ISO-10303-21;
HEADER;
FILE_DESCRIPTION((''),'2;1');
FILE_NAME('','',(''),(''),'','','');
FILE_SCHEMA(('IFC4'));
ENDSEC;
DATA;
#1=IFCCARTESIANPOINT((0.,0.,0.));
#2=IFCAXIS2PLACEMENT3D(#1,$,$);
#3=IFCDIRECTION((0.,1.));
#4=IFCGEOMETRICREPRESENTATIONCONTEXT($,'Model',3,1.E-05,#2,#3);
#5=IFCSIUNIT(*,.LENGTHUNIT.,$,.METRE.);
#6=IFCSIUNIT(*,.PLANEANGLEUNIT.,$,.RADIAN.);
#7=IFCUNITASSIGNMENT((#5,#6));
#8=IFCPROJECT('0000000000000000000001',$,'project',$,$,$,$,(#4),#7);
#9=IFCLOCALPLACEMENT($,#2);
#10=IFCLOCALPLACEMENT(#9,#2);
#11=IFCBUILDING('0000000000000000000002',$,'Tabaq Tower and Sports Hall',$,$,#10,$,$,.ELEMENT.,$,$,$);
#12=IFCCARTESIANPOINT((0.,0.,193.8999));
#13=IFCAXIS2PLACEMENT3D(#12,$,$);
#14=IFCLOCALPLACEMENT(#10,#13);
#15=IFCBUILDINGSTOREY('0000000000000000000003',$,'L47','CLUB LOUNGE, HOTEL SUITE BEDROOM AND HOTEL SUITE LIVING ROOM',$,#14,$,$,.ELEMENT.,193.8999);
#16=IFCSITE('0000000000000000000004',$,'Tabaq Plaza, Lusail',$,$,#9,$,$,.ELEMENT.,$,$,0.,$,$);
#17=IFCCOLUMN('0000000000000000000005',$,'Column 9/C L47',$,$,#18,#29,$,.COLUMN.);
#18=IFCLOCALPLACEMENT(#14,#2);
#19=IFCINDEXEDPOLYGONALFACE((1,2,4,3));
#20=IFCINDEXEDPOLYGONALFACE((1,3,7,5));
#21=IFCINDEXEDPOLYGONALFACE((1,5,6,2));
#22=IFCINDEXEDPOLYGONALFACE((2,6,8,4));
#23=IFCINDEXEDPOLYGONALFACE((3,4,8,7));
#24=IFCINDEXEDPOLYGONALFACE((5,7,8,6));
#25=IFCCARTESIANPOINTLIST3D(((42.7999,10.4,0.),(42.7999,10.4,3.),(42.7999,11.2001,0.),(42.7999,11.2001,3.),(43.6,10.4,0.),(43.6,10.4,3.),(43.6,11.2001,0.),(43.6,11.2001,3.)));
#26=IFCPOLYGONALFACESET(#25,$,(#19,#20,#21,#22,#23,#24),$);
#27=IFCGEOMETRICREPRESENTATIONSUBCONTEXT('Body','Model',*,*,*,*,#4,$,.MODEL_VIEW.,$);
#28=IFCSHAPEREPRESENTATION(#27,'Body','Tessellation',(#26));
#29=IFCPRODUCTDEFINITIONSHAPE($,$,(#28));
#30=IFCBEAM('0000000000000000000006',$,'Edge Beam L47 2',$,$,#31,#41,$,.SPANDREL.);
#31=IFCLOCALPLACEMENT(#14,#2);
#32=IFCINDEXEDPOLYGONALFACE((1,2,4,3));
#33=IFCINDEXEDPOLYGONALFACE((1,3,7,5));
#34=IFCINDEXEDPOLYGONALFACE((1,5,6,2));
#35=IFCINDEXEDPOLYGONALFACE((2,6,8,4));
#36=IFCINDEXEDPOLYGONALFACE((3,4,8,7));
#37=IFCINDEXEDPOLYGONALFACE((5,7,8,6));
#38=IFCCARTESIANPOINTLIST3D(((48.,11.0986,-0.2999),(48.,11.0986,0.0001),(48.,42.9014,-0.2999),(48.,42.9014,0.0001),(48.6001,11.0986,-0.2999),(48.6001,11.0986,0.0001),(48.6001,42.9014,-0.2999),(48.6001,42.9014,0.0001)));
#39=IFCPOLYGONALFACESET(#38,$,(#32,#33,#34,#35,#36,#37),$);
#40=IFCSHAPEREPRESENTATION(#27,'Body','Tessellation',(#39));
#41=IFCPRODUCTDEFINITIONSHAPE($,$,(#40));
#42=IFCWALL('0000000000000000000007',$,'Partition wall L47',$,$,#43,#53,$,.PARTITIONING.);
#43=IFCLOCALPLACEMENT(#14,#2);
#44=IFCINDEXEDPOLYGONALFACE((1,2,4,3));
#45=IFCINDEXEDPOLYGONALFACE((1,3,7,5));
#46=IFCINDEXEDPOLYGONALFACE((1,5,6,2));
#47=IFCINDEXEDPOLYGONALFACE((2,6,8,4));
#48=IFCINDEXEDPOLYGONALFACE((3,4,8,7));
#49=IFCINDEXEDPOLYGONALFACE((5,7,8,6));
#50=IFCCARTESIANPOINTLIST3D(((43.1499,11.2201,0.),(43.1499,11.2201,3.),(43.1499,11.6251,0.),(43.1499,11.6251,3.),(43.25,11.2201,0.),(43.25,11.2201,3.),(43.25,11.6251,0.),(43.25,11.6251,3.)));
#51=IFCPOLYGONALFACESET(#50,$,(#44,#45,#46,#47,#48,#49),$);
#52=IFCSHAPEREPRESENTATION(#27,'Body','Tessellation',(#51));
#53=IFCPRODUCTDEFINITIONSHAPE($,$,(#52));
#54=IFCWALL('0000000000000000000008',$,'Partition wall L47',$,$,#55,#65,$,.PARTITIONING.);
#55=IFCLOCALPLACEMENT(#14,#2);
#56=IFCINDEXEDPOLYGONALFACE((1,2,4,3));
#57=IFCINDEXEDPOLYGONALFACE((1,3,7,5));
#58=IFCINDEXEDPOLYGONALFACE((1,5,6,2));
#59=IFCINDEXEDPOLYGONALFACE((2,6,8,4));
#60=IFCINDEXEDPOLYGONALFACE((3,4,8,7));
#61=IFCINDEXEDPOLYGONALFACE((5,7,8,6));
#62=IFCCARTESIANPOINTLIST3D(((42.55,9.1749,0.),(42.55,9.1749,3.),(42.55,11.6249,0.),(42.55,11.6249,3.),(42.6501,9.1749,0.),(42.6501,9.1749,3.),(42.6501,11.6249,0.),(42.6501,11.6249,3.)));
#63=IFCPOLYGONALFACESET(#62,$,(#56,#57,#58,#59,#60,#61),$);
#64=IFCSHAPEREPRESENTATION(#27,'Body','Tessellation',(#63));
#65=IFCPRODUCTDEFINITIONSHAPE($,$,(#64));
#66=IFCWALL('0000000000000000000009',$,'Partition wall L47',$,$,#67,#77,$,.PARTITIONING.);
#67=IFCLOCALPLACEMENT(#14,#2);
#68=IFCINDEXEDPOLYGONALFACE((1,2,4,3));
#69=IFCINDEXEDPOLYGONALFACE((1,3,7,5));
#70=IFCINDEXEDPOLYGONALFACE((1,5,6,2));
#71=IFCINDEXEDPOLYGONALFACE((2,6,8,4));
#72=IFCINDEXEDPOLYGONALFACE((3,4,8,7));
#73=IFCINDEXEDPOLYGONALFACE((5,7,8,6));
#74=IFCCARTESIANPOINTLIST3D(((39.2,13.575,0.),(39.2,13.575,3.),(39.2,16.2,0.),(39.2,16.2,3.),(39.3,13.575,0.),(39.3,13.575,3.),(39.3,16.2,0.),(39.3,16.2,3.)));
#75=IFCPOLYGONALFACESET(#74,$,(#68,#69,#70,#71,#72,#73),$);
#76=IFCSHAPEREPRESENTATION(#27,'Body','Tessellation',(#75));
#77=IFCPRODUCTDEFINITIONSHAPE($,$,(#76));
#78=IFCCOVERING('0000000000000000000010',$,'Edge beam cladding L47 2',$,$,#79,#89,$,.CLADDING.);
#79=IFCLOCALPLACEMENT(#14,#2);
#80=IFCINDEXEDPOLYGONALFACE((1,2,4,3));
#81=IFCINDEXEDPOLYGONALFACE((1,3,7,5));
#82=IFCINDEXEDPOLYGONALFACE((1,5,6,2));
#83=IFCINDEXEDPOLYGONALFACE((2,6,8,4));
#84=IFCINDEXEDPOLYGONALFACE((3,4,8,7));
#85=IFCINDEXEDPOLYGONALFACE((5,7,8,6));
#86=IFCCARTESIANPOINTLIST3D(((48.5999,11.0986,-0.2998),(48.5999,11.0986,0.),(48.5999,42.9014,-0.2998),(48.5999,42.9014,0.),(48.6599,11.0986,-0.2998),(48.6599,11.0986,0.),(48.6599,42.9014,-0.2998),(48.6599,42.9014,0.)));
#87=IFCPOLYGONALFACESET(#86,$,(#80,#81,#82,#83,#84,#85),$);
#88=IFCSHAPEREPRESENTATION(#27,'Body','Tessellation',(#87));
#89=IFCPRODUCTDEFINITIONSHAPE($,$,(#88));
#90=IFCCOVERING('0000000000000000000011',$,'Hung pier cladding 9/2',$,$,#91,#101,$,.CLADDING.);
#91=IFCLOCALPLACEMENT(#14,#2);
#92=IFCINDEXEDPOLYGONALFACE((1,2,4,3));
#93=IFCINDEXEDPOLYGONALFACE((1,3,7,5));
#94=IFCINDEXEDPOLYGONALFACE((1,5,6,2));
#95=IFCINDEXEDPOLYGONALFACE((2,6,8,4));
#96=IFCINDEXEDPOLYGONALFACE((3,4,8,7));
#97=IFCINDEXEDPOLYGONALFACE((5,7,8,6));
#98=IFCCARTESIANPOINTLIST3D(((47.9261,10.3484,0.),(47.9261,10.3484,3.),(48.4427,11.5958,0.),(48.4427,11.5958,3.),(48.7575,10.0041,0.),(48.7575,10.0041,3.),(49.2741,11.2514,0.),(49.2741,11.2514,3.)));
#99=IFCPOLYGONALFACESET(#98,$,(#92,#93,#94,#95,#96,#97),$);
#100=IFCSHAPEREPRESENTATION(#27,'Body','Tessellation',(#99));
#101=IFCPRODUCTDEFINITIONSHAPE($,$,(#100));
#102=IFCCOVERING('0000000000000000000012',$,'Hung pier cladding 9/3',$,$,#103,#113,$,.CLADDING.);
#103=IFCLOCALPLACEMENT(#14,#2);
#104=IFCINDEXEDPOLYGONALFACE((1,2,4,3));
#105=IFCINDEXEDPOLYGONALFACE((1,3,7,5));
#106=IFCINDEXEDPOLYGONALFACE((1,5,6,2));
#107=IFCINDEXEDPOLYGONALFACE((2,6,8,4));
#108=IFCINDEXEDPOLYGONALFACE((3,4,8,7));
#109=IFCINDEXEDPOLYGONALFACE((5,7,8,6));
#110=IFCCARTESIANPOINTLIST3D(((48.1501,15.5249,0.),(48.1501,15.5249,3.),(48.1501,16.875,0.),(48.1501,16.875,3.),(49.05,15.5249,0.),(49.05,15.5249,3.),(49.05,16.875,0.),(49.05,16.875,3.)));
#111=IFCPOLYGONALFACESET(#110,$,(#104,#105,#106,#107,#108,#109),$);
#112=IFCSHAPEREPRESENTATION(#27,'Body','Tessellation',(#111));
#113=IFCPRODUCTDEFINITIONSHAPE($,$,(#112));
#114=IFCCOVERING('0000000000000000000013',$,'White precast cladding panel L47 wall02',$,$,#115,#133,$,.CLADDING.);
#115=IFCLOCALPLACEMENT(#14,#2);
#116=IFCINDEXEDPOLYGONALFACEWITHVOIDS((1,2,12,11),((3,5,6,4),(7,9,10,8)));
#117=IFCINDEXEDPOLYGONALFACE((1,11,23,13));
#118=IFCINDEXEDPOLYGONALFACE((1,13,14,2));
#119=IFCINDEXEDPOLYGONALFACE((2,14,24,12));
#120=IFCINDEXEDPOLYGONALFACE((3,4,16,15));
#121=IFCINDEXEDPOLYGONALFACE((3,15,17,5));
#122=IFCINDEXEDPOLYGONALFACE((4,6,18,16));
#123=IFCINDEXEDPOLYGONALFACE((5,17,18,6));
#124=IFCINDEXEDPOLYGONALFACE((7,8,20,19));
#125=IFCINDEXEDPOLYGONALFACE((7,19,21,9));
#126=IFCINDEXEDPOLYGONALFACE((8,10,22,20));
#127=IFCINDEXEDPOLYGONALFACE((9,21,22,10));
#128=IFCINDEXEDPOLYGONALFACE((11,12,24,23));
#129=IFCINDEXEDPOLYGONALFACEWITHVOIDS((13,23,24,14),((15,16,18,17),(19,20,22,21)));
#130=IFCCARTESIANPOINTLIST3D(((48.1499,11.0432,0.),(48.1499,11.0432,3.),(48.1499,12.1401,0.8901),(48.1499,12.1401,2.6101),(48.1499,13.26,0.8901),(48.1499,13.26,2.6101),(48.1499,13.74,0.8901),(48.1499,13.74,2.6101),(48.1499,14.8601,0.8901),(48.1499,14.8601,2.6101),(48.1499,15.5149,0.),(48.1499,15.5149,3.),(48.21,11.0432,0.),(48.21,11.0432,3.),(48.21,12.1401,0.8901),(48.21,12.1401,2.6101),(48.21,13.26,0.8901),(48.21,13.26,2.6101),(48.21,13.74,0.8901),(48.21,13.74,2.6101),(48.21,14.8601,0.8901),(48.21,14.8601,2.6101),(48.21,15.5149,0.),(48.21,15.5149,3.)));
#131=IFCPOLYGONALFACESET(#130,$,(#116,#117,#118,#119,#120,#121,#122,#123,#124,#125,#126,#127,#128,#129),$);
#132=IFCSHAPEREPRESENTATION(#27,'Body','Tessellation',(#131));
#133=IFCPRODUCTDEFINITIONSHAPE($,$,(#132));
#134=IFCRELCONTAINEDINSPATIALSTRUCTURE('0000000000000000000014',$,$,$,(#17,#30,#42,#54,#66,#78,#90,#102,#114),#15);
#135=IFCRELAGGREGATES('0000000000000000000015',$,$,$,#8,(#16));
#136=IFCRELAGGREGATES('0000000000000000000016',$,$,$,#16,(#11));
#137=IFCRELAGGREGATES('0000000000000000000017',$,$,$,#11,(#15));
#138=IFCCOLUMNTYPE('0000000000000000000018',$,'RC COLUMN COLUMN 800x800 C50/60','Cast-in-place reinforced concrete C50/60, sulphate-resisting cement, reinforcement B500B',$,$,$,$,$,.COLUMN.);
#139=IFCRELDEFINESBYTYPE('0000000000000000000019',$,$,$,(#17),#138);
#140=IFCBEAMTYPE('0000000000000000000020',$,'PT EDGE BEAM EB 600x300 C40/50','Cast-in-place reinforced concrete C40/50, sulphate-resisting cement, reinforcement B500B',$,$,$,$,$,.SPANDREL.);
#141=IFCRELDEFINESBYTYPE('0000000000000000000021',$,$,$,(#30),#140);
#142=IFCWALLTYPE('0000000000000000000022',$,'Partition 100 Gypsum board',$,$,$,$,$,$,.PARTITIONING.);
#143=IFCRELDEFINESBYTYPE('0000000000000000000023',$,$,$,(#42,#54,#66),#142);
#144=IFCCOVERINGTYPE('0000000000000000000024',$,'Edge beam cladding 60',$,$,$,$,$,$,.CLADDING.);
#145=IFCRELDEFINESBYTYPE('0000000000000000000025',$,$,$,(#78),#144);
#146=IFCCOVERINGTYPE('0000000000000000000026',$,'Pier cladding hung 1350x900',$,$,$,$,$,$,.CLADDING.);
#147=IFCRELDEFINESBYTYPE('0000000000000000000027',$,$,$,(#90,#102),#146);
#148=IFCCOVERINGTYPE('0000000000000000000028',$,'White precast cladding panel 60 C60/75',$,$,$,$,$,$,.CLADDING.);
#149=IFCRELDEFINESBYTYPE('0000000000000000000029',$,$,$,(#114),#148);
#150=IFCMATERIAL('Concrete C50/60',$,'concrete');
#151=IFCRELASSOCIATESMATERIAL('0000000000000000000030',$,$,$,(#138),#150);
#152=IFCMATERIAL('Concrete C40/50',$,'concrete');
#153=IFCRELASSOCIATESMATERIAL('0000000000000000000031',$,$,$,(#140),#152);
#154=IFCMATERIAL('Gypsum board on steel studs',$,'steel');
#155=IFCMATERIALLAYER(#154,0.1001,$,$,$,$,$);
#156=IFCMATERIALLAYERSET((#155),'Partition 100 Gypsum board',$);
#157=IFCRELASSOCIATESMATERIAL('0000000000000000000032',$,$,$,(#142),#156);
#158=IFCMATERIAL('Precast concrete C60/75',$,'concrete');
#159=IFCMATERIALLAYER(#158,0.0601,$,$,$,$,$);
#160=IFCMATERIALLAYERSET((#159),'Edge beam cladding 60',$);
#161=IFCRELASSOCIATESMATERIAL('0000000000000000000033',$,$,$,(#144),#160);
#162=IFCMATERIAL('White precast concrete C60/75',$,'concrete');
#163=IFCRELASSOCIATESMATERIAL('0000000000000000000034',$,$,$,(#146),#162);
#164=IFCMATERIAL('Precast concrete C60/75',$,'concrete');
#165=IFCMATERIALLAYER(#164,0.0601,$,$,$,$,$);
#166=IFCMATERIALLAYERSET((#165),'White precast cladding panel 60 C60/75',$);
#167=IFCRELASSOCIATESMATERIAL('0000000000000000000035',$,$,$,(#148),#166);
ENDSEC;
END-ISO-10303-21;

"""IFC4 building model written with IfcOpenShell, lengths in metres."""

from ifc_helpers import new_model, si_unit, direction, frame, frame_2d, origin, origin_2d, place, context, subcontext, project, spatial, polyline, rectangle, outline, extrude, material, layer, layer_set, material_profile, profile_set, type_object, element, save


model = new_model("IFC4")

# Units and contexts
model_context = context("Model", 3, precision=1e-05, world=origin(), true_north=direction((0.0, 1.0)))
body_context = subcontext(model_context, "Body", "Model", "MODEL_VIEW")
ifc_project = project(units=[si_unit("LENGTHUNIT", "METRE"), si_unit("PLANEANGLEUNIT", "RADIAN")], contexts=[model_context])

# Site, building, storey
site_placement = place(None, origin())
site = spatial("IfcSite", under=ifc_project, at=site_placement, Name="Tabaq Plaza, Lusail", CompositionType="ELEMENT", RefElevation=0.0)
building_placement = place(site_placement, origin())
building = spatial("IfcBuilding", under=site, at=building_placement, Name="Tabaq Tower and Sports Hall", CompositionType="ELEMENT")
storey_placement = place(building_placement, frame((0.0, 0.0, 193.8999)))
storey = spatial("IfcBuildingStorey", under=building, at=storey_placement, Name="L47", Description="CLUB LOUNGE, HOTEL SUITE BEDROOM AND HOTEL SUITE LIVING ROOM", CompositionType="ELEMENT", Elevation=193.8999)

# Column
ifc_material_1 = material(Name="Concrete C50/60", Category="concrete")
ifc_material_profile_1 = material_profile(ifc_material_1, rectangle(XDim=0.8, YDim=0.8, at=origin_2d()), Name="COLUMN 800x800")
ifc_profile_set_1 = profile_set([ifc_material_profile_1], Name="Concrete C50/60")
column_type = type_object("IfcColumnType", Name="RC COLUMN COLUMN 800x800 C50/60", Description="Cast-in-place reinforced concrete C50/60, sulphate-resisting cement, reinforcement B500B", PredefinedType="COLUMN", material=ifc_profile_set_1)
column_placement = place(storey_placement, frame((43.2, 10.8, 0.0), z_axis=(0.0, 0.0, 1.0), x_axis=(1.0, 0.0, 0.0)))
element("IfcColumn", 1, at=column_placement, inside=storey, type_object=column_type, Name="Column 9/C L47", PredefinedType="COLUMN", context=body_context, shape_type="SweptSolid", body=[
    extrude(rectangle(XDim=0.8, YDim=0.8, at=origin_2d()), origin(), (0.0, 0.0, 1.0), 3.0),
])

# Beam
ifc_material_2 = material(Name="Concrete C40/50", Category="concrete")
ifc_material_profile_2 = material_profile(ifc_material_2, rectangle(XDim=0.6001, YDim=0.3, at=origin_2d()), Name="EB 600x300")
ifc_profile_set_2 = profile_set([ifc_material_profile_2], Name="Concrete C40/50")
beam_type = type_object("IfcBeamType", Name="PT EDGE BEAM EB 600x300 C40/50", Description="Cast-in-place reinforced concrete C40/50, sulphate-resisting cement, reinforcement B500B", PredefinedType="SPANDREL", material=ifc_profile_set_2)
beam_placement = place(storey_placement, frame((48.3, 11.0986, -0.1499), z_axis=(0.0, 1.0, 0.0), x_axis=(-1.0, 0.0, 0.0)))
element("IfcBeam", 2, at=beam_placement, inside=storey, type_object=beam_type, Name="Edge Beam L47 2", PredefinedType="SPANDREL", context=body_context, shape_type="SweptSolid", body=[
    extrude(rectangle(XDim=0.6001, YDim=0.3, at=origin_2d()), origin(), (0.0, 0.0, 1.0), 31.8027),
])

# Walls
ifc_material_3 = material(Name="Gypsum board on steel studs", Category="steel")
ifc_layer_1 = layer(ifc_material_3, 0.1001)
ifc_layer_set_1 = layer_set([ifc_layer_1], Name="Partition 100 Gypsum board")
wall_type_1 = type_object("IfcWallType", Name="Partition 100 Gypsum board", PredefinedType="PARTITIONING", material=ifc_layer_set_1)
wall_1_placement = place(storey_placement, frame((43.2, 11.22, 0.0), z_axis=(0.0, 0.0, 1.0), x_axis=(0.0, 1.0, 0.0)))
element("IfcWall", 3, at=wall_1_placement, inside=storey, type_object=wall_type_1, Name="Partition wall L47", PredefinedType="PARTITIONING", context=body_context, shape_type="SweptSolid", body=[
    extrude(rectangle(XDim=0.405, YDim=0.1001, at=frame_2d((0.2026, 0.0))), origin(), (0.0, 0.0, 1.0), 3.0),
])
wall_2_placement = place(storey_placement, frame((42.6001, 11.625, 0.0), z_axis=(0.0, 0.0, 1.0), x_axis=(0.0, -1.0, 0.0)))
element("IfcWall", 4, at=wall_2_placement, inside=storey, type_object=wall_type_1, Name="Partition wall L47", PredefinedType="PARTITIONING", context=body_context, shape_type="SweptSolid", body=[
    extrude(rectangle(XDim=2.45, YDim=0.1001, at=frame_2d((1.2251, 0.0))), origin(), (0.0, 0.0, 1.0), 3.0),
])
wall_3_placement = place(storey_placement, frame((39.25, 13.575, 0.0), z_axis=(0.0, 0.0, 1.0), x_axis=(0.0, 1.0, 0.0)))
element("IfcWall", 5, at=wall_3_placement, inside=storey, type_object=wall_type_1, Name="Partition wall L47", PredefinedType="PARTITIONING", context=body_context, shape_type="SweptSolid", body=[
    extrude(rectangle(XDim=2.625, YDim=0.1001, at=frame_2d((1.3125, 0.0))), origin(), (0.0, 0.0, 1.0), 3.0),
])

# Coverings
ifc_material_4 = material(Name="Precast concrete C60/75", Category="concrete")
ifc_layer_2 = layer(ifc_material_4, 0.0601)
ifc_layer_set_2 = layer_set([ifc_layer_2], Name="Edge beam cladding 60")
covering_type_1 = type_object("IfcCoveringType", Name="Edge beam cladding 60", PredefinedType="CLADDING", material=ifc_layer_set_2)
covering_1_placement = place(storey_placement, frame((48.6299, 11.0986, -0.2998), z_axis=(0.0, 0.0, 1.0), x_axis=(0.0, 1.0, 0.0)))
element("IfcCovering", 6, at=covering_1_placement, inside=storey, type_object=covering_type_1, Name="Edge beam cladding L47 2", PredefinedType="CLADDING", context=body_context, shape_type="SweptSolid", body=[
    extrude(rectangle(XDim=31.8027, YDim=0.0601, at=frame_2d((15.9014, 0.0))), origin(), (0.0, 0.0, 1.0), 0.2998),
])
ifc_material_5 = material(Name="White precast concrete C60/75", Category="concrete")
covering_type_2 = type_object("IfcCoveringType", Name="Pier cladding hung 1350x900", PredefinedType="CLADDING", material=ifc_material_5)
for number, where, z_axis, x_axis, name in (
    (7, (48.3418, 10.1763, 0.0), (0.0, 0.0, 1.0), (0.38265, 0.923893, 0.0), "Hung pier cladding 9/2"),
    (8, (48.6001, 15.5249, 0.0), (0.0, 0.0, 1.0), (0.0, 1.0, 0.0), "Hung pier cladding 9/3"),
):
    element("IfcCovering", number, at=place(storey_placement, frame(where, z_axis=z_axis, x_axis=x_axis)), inside=storey, type_object=covering_type_2, Name=name, PredefinedType="CLADDING", context=body_context, shape_type="SweptSolid", body=[
        extrude(rectangle(XDim=1.3501, YDim=0.8999, at=frame_2d((0.675, 0.0))), origin(), (0.0, 0.0, 1.0), 3.0),
    ])
ifc_material_6 = material(Name="Precast concrete C60/75", Category="concrete")
ifc_layer_3 = layer(ifc_material_6, 0.0601)
ifc_layer_set_3 = layer_set([ifc_layer_3], Name="White precast cladding panel 60 C60/75")
covering_type_3 = type_object("IfcCoveringType", Name="White precast cladding panel 60 C60/75", PredefinedType="CLADDING", material=ifc_layer_set_3)
covering_2_placement = place(storey_placement, frame((48.1799, 11.0432, 0.0), z_axis=(0.0, 0.0, 1.0), x_axis=(0.0, 1.0, 0.0)))
element("IfcCovering", 9, at=covering_2_placement, inside=storey, type_object=covering_type_3, Name="White precast cladding panel L47 wall02", PredefinedType="CLADDING", context=body_context, shape_type="SweptSolid", body=[
    extrude(outline(polyline([(0.0, 0.0), (4.4717, 0.0), (4.4717, 3.0), (0.0, 3.0), (0.0, 0.0)]), holes=[polyline([(1.0969, 2.6101), (2.2168, 2.6101), (2.2168, 0.8901), (1.0969, 0.8901), (1.0969, 2.6101)]), polyline([(2.6968, 2.6101), (3.8169, 2.6101), (3.8169, 0.8901), (2.6968, 0.8901), (2.6968, 2.6101)])]), frame((0.0, 0.03, 0.0), z_axis=(0.0, -1.0, 0.0), x_axis=(1.0, 0.0, 0.0)), (0.0, 0.0, 1.0), 0.0601),
])

save(model, "model.ifc")
